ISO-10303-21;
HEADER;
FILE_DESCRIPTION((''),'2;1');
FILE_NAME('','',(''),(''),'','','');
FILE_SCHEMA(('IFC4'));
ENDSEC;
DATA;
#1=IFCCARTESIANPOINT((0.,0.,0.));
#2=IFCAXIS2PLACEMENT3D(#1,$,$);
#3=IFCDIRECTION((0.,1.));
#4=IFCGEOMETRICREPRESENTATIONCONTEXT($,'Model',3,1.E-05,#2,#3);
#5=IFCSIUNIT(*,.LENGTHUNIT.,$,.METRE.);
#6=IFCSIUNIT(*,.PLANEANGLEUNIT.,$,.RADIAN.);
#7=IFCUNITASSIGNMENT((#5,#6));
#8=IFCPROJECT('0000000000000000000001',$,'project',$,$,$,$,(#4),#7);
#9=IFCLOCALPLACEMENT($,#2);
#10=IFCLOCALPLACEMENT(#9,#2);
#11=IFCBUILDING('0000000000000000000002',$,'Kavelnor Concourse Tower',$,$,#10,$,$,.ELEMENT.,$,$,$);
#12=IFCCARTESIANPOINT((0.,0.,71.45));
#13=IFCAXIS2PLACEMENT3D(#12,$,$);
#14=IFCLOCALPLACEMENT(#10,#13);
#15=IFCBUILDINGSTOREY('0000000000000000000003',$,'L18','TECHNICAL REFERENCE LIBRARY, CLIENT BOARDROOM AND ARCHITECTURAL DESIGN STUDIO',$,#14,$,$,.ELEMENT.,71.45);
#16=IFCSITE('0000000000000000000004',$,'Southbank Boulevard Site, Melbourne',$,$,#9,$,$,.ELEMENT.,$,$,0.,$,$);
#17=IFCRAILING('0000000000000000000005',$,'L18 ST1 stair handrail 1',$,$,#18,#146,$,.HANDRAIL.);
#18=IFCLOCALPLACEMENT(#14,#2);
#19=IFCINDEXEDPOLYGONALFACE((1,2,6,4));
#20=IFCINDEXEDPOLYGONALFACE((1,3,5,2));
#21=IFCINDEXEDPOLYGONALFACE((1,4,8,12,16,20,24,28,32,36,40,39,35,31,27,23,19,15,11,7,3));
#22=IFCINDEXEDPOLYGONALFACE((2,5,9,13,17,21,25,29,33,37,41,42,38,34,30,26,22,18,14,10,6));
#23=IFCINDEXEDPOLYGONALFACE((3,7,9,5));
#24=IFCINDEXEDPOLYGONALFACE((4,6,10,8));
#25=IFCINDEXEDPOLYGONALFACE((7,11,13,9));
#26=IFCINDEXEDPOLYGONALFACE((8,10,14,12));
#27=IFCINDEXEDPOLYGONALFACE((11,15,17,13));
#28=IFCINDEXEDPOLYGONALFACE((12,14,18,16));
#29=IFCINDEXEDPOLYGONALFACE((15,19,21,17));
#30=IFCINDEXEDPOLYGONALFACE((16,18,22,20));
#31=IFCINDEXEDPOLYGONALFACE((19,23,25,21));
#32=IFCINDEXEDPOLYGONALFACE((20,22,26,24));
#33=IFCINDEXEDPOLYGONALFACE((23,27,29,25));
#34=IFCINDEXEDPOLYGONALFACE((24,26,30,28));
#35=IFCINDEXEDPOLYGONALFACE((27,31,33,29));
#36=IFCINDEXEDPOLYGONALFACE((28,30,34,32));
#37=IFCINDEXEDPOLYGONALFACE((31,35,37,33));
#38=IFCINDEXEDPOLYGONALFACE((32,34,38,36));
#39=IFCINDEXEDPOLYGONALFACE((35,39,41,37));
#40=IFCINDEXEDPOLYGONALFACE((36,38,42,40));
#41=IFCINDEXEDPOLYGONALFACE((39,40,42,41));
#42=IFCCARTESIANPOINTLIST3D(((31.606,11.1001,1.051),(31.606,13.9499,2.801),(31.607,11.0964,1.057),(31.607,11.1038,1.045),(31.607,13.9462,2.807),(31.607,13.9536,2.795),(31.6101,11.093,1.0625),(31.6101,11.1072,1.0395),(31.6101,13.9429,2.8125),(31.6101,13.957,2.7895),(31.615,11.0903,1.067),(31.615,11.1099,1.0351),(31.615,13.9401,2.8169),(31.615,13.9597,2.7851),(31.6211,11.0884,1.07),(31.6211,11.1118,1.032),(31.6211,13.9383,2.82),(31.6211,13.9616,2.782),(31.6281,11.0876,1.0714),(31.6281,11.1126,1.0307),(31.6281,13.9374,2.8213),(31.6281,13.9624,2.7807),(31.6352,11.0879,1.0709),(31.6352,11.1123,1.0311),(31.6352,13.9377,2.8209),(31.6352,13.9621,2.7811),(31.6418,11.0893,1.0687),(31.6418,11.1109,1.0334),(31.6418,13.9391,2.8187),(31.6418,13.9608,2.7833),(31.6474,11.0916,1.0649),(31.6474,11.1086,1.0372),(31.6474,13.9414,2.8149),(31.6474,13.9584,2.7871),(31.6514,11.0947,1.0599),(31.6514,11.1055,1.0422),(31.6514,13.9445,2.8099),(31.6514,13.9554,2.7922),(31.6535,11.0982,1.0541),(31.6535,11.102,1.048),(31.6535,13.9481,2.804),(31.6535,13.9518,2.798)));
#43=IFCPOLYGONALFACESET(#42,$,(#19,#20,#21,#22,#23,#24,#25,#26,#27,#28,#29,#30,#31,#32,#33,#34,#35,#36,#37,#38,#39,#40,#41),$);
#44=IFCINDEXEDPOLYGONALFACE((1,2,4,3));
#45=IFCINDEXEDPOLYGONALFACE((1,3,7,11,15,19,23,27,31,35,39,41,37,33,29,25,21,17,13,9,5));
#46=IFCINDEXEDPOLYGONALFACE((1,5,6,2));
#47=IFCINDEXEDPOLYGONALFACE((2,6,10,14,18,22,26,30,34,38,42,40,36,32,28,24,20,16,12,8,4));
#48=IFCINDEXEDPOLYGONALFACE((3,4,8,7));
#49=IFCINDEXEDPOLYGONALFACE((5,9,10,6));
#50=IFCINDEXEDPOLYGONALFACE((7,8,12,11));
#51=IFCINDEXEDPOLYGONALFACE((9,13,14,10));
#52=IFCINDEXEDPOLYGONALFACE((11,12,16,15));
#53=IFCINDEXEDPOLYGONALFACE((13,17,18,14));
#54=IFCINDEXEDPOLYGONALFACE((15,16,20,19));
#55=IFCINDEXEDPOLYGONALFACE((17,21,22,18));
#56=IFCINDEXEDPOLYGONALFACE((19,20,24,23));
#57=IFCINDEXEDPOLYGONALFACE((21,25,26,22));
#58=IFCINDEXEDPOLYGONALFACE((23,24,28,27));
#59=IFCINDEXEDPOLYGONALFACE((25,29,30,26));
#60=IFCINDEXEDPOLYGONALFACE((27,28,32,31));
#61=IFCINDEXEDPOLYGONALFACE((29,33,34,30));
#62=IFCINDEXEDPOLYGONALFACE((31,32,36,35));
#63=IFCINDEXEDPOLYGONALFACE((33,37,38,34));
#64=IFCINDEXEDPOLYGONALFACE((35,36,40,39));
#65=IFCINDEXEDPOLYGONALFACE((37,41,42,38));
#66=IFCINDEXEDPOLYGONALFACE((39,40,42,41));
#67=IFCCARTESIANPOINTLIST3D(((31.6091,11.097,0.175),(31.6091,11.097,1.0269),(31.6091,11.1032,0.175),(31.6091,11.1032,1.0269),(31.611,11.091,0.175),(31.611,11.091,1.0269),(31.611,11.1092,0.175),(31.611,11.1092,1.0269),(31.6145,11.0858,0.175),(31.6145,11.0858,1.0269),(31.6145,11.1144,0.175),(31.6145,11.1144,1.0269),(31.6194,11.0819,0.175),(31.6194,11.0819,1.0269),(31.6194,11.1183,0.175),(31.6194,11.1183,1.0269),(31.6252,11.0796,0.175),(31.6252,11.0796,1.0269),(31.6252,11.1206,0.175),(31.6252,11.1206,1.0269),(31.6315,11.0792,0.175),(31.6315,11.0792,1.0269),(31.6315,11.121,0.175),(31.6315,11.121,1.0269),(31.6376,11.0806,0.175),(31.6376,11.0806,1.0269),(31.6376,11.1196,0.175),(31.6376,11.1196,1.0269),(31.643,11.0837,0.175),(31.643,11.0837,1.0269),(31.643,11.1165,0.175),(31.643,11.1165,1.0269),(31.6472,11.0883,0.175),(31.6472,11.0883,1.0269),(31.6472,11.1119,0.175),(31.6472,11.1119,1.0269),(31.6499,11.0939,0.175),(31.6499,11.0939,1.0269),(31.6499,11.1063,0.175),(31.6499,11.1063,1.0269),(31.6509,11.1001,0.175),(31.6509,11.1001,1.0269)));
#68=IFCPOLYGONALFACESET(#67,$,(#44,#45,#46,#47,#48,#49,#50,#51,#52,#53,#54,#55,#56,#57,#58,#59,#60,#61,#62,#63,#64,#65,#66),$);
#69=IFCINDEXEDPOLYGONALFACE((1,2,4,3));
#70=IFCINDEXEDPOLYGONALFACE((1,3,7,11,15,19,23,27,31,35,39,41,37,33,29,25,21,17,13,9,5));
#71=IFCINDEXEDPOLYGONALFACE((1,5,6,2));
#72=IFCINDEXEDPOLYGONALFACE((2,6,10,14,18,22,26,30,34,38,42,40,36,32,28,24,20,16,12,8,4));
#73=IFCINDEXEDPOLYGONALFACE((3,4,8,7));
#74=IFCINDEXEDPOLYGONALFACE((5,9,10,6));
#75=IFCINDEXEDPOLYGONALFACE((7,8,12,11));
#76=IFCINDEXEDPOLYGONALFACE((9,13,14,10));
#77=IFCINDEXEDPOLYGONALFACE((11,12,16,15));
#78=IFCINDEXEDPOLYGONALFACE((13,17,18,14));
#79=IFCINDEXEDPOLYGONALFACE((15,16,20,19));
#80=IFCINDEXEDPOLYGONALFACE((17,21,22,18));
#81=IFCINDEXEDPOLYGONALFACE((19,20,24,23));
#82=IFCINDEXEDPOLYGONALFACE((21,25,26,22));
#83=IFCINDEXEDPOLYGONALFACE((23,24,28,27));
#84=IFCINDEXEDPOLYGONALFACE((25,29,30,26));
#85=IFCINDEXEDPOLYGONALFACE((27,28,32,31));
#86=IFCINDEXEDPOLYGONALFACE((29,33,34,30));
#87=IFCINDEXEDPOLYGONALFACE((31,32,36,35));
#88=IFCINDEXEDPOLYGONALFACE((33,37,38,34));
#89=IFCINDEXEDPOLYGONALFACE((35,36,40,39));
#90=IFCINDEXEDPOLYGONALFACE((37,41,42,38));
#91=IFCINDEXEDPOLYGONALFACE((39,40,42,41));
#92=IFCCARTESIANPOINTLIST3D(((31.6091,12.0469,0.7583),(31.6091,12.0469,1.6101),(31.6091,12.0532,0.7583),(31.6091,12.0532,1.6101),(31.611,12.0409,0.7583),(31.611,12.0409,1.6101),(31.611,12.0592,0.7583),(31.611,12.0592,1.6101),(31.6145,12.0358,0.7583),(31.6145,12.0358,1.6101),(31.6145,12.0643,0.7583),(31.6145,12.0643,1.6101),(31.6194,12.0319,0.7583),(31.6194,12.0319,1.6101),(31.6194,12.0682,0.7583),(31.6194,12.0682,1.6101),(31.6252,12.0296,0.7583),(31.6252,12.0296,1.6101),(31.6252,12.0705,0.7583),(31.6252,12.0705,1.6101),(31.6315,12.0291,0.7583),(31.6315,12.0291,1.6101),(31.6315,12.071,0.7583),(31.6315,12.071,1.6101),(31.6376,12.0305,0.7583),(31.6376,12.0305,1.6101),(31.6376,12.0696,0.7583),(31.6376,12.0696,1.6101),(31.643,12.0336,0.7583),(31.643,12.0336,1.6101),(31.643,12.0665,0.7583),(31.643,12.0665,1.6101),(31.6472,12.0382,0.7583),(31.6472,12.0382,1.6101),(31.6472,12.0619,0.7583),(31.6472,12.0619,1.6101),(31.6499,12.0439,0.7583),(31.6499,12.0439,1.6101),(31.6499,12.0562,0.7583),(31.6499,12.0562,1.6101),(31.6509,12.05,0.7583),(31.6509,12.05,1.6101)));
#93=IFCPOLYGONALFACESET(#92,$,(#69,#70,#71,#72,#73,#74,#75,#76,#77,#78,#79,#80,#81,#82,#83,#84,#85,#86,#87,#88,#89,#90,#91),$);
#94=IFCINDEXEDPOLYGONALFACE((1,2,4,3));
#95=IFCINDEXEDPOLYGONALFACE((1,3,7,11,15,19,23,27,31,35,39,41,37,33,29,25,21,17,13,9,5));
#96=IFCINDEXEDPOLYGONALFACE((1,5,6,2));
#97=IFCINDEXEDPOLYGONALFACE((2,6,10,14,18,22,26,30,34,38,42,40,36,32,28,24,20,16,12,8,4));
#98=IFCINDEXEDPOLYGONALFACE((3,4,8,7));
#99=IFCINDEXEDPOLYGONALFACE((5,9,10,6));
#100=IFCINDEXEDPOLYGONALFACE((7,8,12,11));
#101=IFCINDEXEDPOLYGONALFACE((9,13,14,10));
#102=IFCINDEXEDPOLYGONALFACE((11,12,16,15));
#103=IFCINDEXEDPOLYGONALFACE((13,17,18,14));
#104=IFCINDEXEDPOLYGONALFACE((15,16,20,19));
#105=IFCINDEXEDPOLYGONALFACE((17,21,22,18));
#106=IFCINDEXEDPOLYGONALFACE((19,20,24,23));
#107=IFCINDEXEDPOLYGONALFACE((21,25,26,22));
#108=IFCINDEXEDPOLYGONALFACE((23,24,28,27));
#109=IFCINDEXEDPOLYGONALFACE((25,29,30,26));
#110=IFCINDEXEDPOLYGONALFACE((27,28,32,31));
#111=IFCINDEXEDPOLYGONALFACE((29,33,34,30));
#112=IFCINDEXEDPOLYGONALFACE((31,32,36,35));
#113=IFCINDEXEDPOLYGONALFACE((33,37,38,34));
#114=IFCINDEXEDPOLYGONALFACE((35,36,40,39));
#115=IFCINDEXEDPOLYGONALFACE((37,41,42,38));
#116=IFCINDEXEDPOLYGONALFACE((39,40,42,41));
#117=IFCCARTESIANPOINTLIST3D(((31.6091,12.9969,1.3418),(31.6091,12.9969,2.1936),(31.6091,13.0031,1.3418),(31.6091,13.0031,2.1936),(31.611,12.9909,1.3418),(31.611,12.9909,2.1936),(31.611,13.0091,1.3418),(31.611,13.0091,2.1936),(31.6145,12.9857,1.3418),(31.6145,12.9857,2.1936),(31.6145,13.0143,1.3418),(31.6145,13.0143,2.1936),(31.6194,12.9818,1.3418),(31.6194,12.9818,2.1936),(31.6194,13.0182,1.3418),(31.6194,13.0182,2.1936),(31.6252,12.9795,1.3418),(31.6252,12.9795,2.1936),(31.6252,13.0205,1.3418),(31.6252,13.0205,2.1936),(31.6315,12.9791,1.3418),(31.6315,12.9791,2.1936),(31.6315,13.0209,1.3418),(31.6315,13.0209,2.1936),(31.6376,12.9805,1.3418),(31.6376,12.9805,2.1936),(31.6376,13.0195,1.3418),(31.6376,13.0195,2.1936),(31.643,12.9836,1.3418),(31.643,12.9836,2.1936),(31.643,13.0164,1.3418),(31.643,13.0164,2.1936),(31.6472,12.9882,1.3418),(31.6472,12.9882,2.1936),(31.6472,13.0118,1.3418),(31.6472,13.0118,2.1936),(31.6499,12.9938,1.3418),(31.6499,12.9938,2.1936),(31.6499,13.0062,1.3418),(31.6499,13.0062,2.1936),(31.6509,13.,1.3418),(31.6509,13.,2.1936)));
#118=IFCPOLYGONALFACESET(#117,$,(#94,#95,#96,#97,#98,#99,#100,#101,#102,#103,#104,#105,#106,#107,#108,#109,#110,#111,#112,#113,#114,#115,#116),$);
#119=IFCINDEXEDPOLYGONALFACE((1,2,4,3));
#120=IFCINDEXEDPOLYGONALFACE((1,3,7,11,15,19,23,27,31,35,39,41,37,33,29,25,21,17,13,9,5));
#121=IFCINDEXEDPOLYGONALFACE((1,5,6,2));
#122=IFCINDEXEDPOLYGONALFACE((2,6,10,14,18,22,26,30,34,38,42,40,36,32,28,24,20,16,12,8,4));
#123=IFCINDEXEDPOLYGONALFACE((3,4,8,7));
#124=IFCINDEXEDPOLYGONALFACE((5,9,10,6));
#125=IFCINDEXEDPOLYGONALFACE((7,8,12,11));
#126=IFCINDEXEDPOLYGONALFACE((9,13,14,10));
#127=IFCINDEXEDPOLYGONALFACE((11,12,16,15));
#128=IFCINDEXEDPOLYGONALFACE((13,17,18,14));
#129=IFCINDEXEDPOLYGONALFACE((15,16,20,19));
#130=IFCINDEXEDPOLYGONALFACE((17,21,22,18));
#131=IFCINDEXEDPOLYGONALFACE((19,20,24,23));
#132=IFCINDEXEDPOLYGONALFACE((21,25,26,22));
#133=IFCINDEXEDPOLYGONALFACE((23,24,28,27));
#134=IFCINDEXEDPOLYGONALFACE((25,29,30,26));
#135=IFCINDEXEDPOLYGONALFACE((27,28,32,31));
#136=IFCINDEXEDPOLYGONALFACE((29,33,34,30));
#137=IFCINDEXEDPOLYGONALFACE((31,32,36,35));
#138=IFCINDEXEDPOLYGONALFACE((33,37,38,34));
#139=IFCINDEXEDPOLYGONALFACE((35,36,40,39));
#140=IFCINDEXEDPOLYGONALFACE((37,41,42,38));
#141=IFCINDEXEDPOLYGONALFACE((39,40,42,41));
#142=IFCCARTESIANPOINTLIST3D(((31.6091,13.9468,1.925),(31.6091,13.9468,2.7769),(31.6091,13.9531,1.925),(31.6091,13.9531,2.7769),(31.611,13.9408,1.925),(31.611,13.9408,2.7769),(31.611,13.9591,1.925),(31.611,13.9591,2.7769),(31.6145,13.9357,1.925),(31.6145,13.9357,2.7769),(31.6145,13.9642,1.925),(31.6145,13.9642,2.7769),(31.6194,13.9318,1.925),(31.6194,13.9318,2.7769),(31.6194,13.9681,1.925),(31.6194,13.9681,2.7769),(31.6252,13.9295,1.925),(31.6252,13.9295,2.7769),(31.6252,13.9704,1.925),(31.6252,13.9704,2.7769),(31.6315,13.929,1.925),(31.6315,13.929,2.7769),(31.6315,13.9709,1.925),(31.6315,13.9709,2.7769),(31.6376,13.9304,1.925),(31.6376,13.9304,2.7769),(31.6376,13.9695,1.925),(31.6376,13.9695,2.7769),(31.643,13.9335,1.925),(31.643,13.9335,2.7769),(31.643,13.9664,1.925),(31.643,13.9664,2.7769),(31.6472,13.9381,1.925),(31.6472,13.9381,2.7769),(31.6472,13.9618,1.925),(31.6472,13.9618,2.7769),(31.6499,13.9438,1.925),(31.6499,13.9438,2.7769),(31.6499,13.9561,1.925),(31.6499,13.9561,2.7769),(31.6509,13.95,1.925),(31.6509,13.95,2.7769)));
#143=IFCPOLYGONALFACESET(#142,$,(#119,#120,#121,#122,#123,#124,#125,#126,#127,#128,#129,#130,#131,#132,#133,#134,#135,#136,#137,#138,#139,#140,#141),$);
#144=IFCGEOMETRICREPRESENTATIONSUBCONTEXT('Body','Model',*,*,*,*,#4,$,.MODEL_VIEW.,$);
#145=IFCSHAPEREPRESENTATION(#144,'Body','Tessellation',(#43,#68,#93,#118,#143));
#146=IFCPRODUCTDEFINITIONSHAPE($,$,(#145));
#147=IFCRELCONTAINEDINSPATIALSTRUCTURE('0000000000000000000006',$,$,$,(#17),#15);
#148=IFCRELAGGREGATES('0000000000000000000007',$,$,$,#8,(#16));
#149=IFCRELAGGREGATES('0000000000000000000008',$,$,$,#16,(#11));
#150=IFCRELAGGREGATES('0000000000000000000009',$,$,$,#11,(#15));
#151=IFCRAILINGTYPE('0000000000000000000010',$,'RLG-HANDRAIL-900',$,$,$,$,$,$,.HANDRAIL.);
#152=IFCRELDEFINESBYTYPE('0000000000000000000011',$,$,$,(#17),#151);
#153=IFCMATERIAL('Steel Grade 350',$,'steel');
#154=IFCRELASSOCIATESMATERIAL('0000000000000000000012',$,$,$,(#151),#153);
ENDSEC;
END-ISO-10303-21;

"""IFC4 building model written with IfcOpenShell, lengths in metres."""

from ifc_helpers import new_model, si_unit, direction, frame, origin, origin_2d, place, context, subcontext, project, spatial, circle, extrude, material, type_object, element, save


model = new_model("IFC4")

# Units and contexts
model_context = context("Model", 3, precision=1e-05, world=origin(), true_north=direction((0.0, 1.0)))
body_context = subcontext(model_context, "Body", "Model", "MODEL_VIEW")
ifc_project = project(units=[si_unit("LENGTHUNIT", "METRE"), si_unit("PLANEANGLEUNIT", "RADIAN")], contexts=[model_context])

# Site, building, storey
site_placement = place(None, origin())
site = spatial("IfcSite", under=ifc_project, at=site_placement, Name="Southbank Boulevard Site, Melbourne", CompositionType="ELEMENT", RefElevation=0.0)
building_placement = place(site_placement, origin())
building = spatial("IfcBuilding", under=site, at=building_placement, Name="Kavelnor Concourse Tower", CompositionType="ELEMENT")
storey_placement = place(building_placement, frame((0.0, 0.0, 71.45)))
storey = spatial("IfcBuildingStorey", under=building, at=storey_placement, Name="L18", Description="TECHNICAL REFERENCE LIBRARY, CLIENT BOARDROOM AND ARCHITECTURAL DESIGN STUDIO", CompositionType="ELEMENT", Elevation=71.45)

# Shared definitions
ifc_material_1 = material(Name="Steel Grade 350", Category="steel")

# Railing
railing_type_1 = type_object("IfcRailingType", Name="RLG-HANDRAIL-900", PredefinedType="HANDRAIL", material=ifc_material_1)
railing_1_placement = place(storey_placement, frame((31.6299, 11.1001, 0.175)))
element("IfcRailing", 1, at=railing_1_placement, inside=storey, type_object=railing_type_1, Name="L18 ST1 stair handrail 1", PredefinedType="HANDRAIL", context=body_context, shape_type="SweptSolid", body=[
    extrude(circle(Radius=0.0239, at=origin_2d()), frame((0.0, 0.0, 0.876), z_axis=(0.0, 0.852159, 0.523283), x_axis=(-1.0, 0.0, 0.0)), (0.0, 0.0, 1.0), 3.3442),
    extrude(circle(Radius=0.021, at=origin_2d()), origin(), (0.0, 0.0, 1.0), 0.8518),
    extrude(circle(Radius=0.021, at=origin_2d()), frame((0.0, 0.95, 0.5833)), (0.0, 0.0, 1.0), 0.8518),
    extrude(circle(Radius=0.021, at=origin_2d()), frame((0.0, 1.8999, 1.1667)), (0.0, 0.0, 1.0), 0.8518),
    extrude(circle(Radius=0.021, at=origin_2d()), frame((0.0, 2.8499, 1.75)), (0.0, 0.0, 1.0), 0.8518),
])

save(model, "model.ifc")
